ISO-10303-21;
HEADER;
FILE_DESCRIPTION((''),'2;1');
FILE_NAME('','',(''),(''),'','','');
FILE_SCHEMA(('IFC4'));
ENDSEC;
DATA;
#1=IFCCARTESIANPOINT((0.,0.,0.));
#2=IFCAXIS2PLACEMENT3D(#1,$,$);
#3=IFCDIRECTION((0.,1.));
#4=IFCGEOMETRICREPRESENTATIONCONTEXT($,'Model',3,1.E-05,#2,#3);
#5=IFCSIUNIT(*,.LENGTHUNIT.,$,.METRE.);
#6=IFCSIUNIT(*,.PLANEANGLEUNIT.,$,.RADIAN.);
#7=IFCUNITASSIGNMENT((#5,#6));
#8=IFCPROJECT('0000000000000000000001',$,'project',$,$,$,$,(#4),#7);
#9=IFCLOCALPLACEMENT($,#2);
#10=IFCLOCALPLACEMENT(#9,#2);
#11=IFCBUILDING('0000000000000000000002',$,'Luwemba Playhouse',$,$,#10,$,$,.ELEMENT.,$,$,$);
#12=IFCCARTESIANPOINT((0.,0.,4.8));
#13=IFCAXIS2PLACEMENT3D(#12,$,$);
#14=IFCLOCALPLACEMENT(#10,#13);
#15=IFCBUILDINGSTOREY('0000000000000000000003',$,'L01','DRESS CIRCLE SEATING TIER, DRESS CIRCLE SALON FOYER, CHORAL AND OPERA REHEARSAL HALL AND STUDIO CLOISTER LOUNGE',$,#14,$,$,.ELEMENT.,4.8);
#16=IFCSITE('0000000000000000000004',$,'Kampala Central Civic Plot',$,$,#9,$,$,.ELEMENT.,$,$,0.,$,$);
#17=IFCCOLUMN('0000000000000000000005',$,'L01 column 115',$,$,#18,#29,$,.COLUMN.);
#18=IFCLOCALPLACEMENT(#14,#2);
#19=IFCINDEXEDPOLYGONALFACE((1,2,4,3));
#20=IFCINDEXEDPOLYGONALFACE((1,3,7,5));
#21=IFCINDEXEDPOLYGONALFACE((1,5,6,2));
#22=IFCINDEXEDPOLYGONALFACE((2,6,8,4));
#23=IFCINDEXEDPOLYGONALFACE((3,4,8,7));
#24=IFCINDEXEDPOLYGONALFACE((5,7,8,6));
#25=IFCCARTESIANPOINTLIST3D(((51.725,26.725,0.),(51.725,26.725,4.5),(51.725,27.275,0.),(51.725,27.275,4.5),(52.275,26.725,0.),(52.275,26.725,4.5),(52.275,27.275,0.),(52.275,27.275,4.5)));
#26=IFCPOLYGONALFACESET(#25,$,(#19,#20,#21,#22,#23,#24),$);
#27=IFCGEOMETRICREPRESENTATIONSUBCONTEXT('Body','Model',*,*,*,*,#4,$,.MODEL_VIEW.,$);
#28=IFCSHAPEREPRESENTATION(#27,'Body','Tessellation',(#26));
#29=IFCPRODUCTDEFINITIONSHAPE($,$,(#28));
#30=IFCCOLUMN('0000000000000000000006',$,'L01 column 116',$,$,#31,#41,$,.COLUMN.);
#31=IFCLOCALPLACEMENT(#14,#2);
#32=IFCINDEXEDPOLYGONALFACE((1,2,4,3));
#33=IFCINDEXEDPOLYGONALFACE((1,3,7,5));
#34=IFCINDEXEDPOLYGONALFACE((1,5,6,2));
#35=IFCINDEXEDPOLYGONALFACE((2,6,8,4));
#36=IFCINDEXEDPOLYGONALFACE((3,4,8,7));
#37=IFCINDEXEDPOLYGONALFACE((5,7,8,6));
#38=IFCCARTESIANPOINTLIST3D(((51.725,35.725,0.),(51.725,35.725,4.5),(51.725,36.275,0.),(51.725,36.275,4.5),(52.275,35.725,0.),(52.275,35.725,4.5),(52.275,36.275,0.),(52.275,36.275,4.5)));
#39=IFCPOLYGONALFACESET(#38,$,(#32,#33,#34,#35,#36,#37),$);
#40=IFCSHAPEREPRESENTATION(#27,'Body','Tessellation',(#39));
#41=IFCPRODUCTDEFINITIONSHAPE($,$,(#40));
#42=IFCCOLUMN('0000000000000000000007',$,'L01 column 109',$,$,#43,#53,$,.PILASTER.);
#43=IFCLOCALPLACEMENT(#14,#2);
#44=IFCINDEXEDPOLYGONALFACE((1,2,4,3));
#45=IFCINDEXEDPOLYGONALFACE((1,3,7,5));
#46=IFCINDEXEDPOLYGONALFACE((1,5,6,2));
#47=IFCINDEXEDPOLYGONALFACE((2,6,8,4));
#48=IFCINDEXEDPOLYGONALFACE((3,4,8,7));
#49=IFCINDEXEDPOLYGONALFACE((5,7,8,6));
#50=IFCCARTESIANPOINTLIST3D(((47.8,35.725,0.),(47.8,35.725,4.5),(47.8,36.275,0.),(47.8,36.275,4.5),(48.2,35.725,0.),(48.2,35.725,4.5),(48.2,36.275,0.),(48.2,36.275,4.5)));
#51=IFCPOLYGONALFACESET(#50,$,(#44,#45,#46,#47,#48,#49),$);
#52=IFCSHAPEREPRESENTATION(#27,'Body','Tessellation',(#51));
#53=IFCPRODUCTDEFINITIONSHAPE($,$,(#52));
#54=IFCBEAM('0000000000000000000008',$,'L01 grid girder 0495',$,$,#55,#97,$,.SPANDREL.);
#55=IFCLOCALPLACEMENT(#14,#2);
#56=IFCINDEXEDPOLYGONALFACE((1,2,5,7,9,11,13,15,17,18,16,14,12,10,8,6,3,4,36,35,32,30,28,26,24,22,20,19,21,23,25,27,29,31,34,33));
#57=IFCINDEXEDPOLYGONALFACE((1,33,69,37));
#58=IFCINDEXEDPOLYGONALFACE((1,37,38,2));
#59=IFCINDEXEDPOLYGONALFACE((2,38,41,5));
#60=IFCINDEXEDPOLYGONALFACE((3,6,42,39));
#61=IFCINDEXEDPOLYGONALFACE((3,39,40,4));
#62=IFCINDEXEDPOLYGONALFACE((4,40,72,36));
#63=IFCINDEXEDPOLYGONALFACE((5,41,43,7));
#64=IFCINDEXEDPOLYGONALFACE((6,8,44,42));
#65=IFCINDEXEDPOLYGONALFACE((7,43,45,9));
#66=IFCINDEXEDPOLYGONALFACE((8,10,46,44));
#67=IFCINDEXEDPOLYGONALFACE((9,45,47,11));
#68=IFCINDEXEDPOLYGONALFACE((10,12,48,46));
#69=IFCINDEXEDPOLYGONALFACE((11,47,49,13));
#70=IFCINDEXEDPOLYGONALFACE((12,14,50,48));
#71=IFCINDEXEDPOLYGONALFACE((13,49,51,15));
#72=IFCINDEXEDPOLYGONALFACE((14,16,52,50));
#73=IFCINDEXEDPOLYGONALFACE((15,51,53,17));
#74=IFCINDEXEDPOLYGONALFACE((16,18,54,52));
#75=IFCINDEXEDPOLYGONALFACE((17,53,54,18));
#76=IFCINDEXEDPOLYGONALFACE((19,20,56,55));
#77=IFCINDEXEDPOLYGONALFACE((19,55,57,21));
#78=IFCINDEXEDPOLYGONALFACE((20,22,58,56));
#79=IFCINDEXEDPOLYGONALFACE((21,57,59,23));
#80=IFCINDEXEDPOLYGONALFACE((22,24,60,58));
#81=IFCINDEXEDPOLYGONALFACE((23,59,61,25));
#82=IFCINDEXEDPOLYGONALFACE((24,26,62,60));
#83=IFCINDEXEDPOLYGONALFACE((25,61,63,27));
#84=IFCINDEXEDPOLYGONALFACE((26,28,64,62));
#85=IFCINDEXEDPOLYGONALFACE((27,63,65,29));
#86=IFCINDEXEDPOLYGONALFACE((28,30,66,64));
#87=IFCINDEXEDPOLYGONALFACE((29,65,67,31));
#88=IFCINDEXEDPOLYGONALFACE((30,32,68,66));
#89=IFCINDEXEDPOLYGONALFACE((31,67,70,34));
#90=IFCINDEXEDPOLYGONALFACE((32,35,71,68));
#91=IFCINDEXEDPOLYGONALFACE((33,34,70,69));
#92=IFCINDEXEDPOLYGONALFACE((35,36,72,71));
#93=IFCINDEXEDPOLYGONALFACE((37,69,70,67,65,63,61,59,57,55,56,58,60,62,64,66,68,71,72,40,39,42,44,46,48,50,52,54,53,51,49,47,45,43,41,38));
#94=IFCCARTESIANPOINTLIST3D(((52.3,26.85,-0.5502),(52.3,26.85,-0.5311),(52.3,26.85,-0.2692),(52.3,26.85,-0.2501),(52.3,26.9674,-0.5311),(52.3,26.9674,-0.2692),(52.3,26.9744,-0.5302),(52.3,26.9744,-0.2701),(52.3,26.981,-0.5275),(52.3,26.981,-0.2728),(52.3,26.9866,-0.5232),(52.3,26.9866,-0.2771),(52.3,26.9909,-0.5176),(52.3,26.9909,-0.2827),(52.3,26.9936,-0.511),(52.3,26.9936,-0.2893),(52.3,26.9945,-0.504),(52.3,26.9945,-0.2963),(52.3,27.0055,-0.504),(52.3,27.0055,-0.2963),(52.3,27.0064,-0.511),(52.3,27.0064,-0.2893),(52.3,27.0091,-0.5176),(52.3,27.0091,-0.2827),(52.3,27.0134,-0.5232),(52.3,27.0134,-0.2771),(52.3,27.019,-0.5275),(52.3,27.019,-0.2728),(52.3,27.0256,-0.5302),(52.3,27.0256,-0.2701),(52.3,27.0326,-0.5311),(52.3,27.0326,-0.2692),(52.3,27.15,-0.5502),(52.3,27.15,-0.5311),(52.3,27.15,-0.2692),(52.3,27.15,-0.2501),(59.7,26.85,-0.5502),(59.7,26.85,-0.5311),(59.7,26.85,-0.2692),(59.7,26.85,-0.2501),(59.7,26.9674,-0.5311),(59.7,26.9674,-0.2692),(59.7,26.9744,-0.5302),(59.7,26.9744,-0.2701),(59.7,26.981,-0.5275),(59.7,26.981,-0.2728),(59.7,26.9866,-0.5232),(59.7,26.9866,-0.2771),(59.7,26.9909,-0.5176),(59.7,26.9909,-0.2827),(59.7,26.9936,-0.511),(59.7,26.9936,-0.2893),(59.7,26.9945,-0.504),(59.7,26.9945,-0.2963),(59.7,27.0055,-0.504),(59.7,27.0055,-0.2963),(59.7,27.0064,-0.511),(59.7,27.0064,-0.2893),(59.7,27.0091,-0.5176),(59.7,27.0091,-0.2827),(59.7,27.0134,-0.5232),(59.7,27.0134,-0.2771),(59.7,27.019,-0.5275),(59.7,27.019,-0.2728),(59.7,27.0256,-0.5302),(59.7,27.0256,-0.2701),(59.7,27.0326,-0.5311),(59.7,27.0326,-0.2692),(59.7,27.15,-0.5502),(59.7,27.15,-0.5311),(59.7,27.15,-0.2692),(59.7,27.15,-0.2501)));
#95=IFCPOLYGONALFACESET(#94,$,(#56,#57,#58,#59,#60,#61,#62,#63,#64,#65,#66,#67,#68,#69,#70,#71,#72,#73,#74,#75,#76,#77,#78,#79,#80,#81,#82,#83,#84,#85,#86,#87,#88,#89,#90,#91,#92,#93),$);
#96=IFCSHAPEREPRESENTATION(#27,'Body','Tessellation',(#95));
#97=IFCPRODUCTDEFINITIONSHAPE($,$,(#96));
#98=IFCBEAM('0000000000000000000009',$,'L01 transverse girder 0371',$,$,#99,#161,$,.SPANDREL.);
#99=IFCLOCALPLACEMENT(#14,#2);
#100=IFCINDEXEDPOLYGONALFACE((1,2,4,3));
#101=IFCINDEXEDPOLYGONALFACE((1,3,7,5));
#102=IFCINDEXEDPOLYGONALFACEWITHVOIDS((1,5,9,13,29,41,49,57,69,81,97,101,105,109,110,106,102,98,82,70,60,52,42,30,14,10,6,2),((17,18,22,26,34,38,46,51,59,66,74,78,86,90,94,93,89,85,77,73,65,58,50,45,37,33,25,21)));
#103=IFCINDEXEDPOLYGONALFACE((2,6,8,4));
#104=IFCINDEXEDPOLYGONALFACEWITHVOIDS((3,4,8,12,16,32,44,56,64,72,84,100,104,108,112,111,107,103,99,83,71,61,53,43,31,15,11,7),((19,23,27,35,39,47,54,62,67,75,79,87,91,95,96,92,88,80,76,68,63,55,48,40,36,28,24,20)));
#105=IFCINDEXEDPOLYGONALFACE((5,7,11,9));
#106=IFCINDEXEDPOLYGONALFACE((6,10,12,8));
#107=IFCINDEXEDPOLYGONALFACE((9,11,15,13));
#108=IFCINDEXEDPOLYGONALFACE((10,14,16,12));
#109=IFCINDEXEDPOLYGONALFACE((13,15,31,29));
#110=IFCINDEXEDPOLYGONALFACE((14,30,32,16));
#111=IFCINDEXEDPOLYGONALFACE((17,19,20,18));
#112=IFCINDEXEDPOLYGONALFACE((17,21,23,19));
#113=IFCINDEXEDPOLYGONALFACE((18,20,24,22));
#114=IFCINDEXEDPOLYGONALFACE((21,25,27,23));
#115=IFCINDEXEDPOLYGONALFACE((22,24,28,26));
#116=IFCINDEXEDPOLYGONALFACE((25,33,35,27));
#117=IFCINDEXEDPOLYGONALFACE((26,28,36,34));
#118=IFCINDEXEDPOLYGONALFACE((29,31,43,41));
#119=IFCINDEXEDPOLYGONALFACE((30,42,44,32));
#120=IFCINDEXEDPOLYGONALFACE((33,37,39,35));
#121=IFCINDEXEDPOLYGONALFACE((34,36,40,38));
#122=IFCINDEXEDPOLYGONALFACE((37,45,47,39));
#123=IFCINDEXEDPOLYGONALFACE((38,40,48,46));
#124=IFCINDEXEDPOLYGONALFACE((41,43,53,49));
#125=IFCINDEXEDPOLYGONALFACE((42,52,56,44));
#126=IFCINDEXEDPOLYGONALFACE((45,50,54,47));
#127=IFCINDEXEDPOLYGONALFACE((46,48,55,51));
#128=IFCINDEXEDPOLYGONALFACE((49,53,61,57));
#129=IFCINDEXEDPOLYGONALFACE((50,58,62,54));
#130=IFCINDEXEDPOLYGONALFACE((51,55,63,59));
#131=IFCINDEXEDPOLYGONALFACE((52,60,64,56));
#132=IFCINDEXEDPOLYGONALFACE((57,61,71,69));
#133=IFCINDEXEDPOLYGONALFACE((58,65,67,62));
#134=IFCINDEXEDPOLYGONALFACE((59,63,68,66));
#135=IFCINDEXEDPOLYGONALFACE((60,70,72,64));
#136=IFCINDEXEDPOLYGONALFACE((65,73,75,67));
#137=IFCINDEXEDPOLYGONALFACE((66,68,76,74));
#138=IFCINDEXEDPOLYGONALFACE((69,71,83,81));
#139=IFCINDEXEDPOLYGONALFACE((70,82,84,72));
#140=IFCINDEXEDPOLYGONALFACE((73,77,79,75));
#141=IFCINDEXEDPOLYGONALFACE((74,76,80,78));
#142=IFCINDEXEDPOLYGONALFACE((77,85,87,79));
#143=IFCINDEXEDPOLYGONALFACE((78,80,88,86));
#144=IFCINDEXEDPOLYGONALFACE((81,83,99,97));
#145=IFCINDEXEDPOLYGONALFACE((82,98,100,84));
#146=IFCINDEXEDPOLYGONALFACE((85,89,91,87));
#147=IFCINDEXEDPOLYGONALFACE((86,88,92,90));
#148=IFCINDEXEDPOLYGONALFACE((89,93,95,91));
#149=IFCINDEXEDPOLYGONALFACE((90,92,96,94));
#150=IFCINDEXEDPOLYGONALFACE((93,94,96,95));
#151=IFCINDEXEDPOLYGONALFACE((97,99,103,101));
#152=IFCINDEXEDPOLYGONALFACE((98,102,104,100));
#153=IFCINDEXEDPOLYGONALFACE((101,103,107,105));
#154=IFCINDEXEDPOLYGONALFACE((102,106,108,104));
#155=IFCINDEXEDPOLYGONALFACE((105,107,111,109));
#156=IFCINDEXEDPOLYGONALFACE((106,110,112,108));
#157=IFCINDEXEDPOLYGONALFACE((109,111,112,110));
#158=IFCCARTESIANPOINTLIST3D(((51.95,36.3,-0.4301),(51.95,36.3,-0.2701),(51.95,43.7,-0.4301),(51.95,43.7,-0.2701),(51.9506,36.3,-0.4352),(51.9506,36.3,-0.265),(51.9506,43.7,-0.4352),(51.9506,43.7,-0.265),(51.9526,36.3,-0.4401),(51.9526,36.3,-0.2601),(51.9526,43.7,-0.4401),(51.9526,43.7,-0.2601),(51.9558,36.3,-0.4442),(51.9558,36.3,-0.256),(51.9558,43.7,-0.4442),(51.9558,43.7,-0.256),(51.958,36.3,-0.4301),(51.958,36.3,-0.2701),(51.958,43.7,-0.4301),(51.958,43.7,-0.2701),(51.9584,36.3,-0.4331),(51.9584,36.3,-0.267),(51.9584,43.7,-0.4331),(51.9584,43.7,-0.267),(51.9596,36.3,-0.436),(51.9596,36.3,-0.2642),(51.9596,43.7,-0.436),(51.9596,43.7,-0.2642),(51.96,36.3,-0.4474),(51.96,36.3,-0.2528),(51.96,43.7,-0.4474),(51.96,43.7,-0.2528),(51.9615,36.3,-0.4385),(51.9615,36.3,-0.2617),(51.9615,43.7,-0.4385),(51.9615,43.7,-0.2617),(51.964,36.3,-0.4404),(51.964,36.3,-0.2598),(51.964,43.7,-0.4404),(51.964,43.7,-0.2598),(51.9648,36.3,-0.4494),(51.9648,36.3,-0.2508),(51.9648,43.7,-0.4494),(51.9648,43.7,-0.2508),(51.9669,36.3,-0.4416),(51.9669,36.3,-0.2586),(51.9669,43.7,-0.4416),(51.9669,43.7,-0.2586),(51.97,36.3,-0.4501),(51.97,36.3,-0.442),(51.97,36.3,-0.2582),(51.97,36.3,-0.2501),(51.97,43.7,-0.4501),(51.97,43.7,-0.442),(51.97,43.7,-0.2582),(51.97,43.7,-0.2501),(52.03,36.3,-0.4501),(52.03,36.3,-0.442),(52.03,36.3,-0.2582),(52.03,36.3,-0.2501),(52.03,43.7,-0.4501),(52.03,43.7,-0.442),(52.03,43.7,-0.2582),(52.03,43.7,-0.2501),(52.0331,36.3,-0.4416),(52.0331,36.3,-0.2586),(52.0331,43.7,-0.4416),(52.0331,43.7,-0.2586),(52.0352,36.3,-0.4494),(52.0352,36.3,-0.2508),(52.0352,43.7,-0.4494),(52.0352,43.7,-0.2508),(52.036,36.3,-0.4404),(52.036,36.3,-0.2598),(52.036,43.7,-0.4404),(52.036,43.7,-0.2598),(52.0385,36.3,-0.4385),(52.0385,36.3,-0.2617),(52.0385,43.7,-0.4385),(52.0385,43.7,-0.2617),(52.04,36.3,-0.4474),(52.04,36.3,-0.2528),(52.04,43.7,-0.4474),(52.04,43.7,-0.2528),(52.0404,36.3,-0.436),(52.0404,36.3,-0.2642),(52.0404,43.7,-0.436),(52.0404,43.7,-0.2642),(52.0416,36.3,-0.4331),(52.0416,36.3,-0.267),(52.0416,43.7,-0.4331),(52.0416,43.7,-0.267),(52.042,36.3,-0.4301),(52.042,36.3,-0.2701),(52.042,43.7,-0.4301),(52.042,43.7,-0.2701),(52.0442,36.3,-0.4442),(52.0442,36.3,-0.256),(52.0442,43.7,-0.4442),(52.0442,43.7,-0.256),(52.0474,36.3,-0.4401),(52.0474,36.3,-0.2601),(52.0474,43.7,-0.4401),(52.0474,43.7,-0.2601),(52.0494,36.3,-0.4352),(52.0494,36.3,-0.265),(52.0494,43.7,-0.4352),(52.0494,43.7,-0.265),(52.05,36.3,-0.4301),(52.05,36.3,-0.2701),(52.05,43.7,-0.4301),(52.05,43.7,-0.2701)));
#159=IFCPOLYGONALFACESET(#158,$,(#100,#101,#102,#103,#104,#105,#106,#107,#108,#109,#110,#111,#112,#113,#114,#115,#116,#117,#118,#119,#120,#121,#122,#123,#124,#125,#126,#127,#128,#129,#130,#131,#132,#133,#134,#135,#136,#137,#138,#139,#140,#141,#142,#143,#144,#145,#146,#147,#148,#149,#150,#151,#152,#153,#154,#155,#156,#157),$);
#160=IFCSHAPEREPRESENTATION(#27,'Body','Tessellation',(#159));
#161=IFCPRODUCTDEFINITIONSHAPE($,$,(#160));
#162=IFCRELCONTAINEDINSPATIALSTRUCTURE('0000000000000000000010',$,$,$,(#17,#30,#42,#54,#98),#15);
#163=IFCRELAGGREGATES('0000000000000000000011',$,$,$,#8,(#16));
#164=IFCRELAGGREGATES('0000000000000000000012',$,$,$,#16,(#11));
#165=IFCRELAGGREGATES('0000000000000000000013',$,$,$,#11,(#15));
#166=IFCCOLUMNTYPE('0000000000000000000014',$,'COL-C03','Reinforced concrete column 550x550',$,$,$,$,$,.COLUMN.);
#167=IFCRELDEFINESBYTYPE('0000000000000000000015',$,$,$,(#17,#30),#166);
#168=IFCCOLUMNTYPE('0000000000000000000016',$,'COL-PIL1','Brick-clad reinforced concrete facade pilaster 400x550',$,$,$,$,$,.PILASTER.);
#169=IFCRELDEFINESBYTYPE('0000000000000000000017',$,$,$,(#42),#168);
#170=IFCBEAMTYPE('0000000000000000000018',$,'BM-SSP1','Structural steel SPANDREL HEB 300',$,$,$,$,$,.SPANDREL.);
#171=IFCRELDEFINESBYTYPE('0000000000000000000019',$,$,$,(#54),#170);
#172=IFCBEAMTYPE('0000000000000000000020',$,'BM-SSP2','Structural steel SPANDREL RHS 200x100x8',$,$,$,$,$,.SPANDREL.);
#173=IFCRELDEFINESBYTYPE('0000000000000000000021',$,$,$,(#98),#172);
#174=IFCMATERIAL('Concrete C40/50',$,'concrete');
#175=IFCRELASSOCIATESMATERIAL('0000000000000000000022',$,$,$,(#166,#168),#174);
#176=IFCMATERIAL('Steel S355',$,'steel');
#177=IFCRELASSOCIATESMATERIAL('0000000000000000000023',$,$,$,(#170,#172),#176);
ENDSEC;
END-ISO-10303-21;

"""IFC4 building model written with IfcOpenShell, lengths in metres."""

from ifc_helpers import new_model, si_unit, direction, frame, origin, origin_2d, place, context, subcontext, project, spatial, rectangle, hollow_rectangle, i_section, extrude, material, material_profile, profile_set, type_object, element, save


model = new_model("IFC4")

# Units and contexts
model_context = context("Model", 3, precision=1e-05, world=origin(), true_north=direction((0.0, 1.0)))
body_context = subcontext(model_context, "Body", "Model", "MODEL_VIEW")
ifc_project = project(units=[si_unit("LENGTHUNIT", "METRE"), si_unit("PLANEANGLEUNIT", "RADIAN")], contexts=[model_context])

# Site, building, storey
site_placement = place(None, origin())
site = spatial("IfcSite", under=ifc_project, at=site_placement, Name="Kampala Central Civic Plot", CompositionType="ELEMENT", RefElevation=0.0)
building_placement = place(site_placement, origin())
building = spatial("IfcBuilding", under=site, at=building_placement, Name="Luwemba Playhouse", CompositionType="ELEMENT")
storey_placement = place(building_placement, frame((0.0, 0.0, 4.8)))
storey = spatial("IfcBuildingStorey", under=building, at=storey_placement, Name="L01", Description="DRESS CIRCLE SEATING TIER, DRESS CIRCLE SALON FOYER, CHORAL AND OPERA REHEARSAL HALL AND STUDIO CLOISTER LOUNGE", CompositionType="ELEMENT", Elevation=4.8)

# Columns
ifc_material_1 = material(Name="Concrete C40/50", Category="concrete")
ifc_material_profile_1 = material_profile(ifc_material_1, rectangle(XDim=0.55, YDim=0.55, at=origin_2d()))
ifc_profile_set_1 = profile_set([ifc_material_profile_1], Name="Concrete C40/50")
column_type_1 = type_object("IfcColumnType", Name="COL-C03", Description="Reinforced concrete column 550x550", PredefinedType="COLUMN", material=ifc_profile_set_1)
for number, where, z_axis, x_axis, name in (
    (1, (52.0, 27.0, 0.0), (0.0, 0.0, 1.0), (1.0, 0.0, 0.0), "L01 column 115"),
    (2, (52.0, 36.0, 0.0), (0.0, 0.0, 1.0), (1.0, 0.0, 0.0), "L01 column 116"),
):
    element("IfcColumn", number, at=place(storey_placement, frame(where, z_axis=z_axis, x_axis=x_axis)), inside=storey, type_object=column_type_1, Name=name, PredefinedType="COLUMN", context=body_context, shape_type="SweptSolid", body=[
        extrude(rectangle(XDim=0.55, YDim=0.55, at=origin_2d()), origin(), (0.0, 0.0, 1.0), 4.5),
    ])
ifc_material_profile_2 = material_profile(ifc_material_1, rectangle(XDim=0.3999, YDim=0.55, at=origin_2d()))
ifc_profile_set_2 = profile_set([ifc_material_profile_2], Name="Concrete C40/50")
column_type_2 = type_object("IfcColumnType", Name="COL-PIL1", Description="Brick-clad reinforced concrete facade pilaster 400x550", PredefinedType="PILASTER", material=ifc_profile_set_2)
column_placement = place(storey_placement, frame((48.0, 36.0, 0.0), z_axis=(0.0, 0.0, 1.0), x_axis=(1.0, 0.0, 0.0)))
element("IfcColumn", 3, at=column_placement, inside=storey, type_object=column_type_2, Name="L01 column 109", PredefinedType="PILASTER", context=body_context, shape_type="SweptSolid", body=[
    extrude(rectangle(XDim=0.3999, YDim=0.55, at=origin_2d()), origin(), (0.0, 0.0, 1.0), 4.5),
])

# Beams
ifc_material_2 = material(Name="Steel S355", Category="steel")
ifc_material_profile_3 = material_profile(ifc_material_2, i_section(OverallWidth=0.3, OverallDepth=0.3, WebThickness=0.011, FlangeThickness=0.019, FilletRadius=0.0271, at=origin_2d()))
ifc_profile_set_3 = profile_set([ifc_material_profile_3], Name="Steel S355")
beam_type_1 = type_object("IfcBeamType", Name="BM-SSP1", Description="Structural steel SPANDREL HEB 300", PredefinedType="SPANDREL", material=ifc_profile_set_3)
beam_1_placement = place(storey_placement, frame((52.3, 27.0, -0.4001), z_axis=(1.0, 0.0, 0.0), x_axis=(0.0, 1.0, 0.0)))
element("IfcBeam", 4, at=beam_1_placement, inside=storey, type_object=beam_type_1, Name="L01 grid girder 0495", PredefinedType="SPANDREL", context=body_context, shape_type="SweptSolid", body=[
    extrude(i_section(OverallWidth=0.3, OverallDepth=0.3, WebThickness=0.011, FlangeThickness=0.019, FilletRadius=0.0271, at=origin_2d()), origin(), (0.0, 0.0, 1.0), 7.3999),
])
ifc_material_profile_4 = material_profile(ifc_material_2, hollow_rectangle(XDim=0.1001, YDim=0.2, WallThickness=0.0081, InnerFilletRadius=0.012, OuterFilletRadius=0.02, at=origin_2d()))
ifc_profile_set_4 = profile_set([ifc_material_profile_4], Name="Steel S355")
beam_type_2 = type_object("IfcBeamType", Name="BM-SSP2", Description="Structural steel SPANDREL RHS 200x100x8", PredefinedType="SPANDREL", material=ifc_profile_set_4)
beam_2_placement = place(storey_placement, frame((52.0, 36.3, -0.3501), z_axis=(0.0, 1.0, 0.0), x_axis=(-1.0, 0.0, 0.0)))
element("IfcBeam", 5, at=beam_2_placement, inside=storey, type_object=beam_type_2, Name="L01 transverse girder 0371", PredefinedType="SPANDREL", context=body_context, shape_type="SweptSolid", body=[
    extrude(hollow_rectangle(XDim=0.1001, YDim=0.2, WallThickness=0.0081, InnerFilletRadius=0.012, OuterFilletRadius=0.02, at=origin_2d()), origin(), (0.0, 0.0, 1.0), 7.3999),
])

save(model, "model.ifc")
